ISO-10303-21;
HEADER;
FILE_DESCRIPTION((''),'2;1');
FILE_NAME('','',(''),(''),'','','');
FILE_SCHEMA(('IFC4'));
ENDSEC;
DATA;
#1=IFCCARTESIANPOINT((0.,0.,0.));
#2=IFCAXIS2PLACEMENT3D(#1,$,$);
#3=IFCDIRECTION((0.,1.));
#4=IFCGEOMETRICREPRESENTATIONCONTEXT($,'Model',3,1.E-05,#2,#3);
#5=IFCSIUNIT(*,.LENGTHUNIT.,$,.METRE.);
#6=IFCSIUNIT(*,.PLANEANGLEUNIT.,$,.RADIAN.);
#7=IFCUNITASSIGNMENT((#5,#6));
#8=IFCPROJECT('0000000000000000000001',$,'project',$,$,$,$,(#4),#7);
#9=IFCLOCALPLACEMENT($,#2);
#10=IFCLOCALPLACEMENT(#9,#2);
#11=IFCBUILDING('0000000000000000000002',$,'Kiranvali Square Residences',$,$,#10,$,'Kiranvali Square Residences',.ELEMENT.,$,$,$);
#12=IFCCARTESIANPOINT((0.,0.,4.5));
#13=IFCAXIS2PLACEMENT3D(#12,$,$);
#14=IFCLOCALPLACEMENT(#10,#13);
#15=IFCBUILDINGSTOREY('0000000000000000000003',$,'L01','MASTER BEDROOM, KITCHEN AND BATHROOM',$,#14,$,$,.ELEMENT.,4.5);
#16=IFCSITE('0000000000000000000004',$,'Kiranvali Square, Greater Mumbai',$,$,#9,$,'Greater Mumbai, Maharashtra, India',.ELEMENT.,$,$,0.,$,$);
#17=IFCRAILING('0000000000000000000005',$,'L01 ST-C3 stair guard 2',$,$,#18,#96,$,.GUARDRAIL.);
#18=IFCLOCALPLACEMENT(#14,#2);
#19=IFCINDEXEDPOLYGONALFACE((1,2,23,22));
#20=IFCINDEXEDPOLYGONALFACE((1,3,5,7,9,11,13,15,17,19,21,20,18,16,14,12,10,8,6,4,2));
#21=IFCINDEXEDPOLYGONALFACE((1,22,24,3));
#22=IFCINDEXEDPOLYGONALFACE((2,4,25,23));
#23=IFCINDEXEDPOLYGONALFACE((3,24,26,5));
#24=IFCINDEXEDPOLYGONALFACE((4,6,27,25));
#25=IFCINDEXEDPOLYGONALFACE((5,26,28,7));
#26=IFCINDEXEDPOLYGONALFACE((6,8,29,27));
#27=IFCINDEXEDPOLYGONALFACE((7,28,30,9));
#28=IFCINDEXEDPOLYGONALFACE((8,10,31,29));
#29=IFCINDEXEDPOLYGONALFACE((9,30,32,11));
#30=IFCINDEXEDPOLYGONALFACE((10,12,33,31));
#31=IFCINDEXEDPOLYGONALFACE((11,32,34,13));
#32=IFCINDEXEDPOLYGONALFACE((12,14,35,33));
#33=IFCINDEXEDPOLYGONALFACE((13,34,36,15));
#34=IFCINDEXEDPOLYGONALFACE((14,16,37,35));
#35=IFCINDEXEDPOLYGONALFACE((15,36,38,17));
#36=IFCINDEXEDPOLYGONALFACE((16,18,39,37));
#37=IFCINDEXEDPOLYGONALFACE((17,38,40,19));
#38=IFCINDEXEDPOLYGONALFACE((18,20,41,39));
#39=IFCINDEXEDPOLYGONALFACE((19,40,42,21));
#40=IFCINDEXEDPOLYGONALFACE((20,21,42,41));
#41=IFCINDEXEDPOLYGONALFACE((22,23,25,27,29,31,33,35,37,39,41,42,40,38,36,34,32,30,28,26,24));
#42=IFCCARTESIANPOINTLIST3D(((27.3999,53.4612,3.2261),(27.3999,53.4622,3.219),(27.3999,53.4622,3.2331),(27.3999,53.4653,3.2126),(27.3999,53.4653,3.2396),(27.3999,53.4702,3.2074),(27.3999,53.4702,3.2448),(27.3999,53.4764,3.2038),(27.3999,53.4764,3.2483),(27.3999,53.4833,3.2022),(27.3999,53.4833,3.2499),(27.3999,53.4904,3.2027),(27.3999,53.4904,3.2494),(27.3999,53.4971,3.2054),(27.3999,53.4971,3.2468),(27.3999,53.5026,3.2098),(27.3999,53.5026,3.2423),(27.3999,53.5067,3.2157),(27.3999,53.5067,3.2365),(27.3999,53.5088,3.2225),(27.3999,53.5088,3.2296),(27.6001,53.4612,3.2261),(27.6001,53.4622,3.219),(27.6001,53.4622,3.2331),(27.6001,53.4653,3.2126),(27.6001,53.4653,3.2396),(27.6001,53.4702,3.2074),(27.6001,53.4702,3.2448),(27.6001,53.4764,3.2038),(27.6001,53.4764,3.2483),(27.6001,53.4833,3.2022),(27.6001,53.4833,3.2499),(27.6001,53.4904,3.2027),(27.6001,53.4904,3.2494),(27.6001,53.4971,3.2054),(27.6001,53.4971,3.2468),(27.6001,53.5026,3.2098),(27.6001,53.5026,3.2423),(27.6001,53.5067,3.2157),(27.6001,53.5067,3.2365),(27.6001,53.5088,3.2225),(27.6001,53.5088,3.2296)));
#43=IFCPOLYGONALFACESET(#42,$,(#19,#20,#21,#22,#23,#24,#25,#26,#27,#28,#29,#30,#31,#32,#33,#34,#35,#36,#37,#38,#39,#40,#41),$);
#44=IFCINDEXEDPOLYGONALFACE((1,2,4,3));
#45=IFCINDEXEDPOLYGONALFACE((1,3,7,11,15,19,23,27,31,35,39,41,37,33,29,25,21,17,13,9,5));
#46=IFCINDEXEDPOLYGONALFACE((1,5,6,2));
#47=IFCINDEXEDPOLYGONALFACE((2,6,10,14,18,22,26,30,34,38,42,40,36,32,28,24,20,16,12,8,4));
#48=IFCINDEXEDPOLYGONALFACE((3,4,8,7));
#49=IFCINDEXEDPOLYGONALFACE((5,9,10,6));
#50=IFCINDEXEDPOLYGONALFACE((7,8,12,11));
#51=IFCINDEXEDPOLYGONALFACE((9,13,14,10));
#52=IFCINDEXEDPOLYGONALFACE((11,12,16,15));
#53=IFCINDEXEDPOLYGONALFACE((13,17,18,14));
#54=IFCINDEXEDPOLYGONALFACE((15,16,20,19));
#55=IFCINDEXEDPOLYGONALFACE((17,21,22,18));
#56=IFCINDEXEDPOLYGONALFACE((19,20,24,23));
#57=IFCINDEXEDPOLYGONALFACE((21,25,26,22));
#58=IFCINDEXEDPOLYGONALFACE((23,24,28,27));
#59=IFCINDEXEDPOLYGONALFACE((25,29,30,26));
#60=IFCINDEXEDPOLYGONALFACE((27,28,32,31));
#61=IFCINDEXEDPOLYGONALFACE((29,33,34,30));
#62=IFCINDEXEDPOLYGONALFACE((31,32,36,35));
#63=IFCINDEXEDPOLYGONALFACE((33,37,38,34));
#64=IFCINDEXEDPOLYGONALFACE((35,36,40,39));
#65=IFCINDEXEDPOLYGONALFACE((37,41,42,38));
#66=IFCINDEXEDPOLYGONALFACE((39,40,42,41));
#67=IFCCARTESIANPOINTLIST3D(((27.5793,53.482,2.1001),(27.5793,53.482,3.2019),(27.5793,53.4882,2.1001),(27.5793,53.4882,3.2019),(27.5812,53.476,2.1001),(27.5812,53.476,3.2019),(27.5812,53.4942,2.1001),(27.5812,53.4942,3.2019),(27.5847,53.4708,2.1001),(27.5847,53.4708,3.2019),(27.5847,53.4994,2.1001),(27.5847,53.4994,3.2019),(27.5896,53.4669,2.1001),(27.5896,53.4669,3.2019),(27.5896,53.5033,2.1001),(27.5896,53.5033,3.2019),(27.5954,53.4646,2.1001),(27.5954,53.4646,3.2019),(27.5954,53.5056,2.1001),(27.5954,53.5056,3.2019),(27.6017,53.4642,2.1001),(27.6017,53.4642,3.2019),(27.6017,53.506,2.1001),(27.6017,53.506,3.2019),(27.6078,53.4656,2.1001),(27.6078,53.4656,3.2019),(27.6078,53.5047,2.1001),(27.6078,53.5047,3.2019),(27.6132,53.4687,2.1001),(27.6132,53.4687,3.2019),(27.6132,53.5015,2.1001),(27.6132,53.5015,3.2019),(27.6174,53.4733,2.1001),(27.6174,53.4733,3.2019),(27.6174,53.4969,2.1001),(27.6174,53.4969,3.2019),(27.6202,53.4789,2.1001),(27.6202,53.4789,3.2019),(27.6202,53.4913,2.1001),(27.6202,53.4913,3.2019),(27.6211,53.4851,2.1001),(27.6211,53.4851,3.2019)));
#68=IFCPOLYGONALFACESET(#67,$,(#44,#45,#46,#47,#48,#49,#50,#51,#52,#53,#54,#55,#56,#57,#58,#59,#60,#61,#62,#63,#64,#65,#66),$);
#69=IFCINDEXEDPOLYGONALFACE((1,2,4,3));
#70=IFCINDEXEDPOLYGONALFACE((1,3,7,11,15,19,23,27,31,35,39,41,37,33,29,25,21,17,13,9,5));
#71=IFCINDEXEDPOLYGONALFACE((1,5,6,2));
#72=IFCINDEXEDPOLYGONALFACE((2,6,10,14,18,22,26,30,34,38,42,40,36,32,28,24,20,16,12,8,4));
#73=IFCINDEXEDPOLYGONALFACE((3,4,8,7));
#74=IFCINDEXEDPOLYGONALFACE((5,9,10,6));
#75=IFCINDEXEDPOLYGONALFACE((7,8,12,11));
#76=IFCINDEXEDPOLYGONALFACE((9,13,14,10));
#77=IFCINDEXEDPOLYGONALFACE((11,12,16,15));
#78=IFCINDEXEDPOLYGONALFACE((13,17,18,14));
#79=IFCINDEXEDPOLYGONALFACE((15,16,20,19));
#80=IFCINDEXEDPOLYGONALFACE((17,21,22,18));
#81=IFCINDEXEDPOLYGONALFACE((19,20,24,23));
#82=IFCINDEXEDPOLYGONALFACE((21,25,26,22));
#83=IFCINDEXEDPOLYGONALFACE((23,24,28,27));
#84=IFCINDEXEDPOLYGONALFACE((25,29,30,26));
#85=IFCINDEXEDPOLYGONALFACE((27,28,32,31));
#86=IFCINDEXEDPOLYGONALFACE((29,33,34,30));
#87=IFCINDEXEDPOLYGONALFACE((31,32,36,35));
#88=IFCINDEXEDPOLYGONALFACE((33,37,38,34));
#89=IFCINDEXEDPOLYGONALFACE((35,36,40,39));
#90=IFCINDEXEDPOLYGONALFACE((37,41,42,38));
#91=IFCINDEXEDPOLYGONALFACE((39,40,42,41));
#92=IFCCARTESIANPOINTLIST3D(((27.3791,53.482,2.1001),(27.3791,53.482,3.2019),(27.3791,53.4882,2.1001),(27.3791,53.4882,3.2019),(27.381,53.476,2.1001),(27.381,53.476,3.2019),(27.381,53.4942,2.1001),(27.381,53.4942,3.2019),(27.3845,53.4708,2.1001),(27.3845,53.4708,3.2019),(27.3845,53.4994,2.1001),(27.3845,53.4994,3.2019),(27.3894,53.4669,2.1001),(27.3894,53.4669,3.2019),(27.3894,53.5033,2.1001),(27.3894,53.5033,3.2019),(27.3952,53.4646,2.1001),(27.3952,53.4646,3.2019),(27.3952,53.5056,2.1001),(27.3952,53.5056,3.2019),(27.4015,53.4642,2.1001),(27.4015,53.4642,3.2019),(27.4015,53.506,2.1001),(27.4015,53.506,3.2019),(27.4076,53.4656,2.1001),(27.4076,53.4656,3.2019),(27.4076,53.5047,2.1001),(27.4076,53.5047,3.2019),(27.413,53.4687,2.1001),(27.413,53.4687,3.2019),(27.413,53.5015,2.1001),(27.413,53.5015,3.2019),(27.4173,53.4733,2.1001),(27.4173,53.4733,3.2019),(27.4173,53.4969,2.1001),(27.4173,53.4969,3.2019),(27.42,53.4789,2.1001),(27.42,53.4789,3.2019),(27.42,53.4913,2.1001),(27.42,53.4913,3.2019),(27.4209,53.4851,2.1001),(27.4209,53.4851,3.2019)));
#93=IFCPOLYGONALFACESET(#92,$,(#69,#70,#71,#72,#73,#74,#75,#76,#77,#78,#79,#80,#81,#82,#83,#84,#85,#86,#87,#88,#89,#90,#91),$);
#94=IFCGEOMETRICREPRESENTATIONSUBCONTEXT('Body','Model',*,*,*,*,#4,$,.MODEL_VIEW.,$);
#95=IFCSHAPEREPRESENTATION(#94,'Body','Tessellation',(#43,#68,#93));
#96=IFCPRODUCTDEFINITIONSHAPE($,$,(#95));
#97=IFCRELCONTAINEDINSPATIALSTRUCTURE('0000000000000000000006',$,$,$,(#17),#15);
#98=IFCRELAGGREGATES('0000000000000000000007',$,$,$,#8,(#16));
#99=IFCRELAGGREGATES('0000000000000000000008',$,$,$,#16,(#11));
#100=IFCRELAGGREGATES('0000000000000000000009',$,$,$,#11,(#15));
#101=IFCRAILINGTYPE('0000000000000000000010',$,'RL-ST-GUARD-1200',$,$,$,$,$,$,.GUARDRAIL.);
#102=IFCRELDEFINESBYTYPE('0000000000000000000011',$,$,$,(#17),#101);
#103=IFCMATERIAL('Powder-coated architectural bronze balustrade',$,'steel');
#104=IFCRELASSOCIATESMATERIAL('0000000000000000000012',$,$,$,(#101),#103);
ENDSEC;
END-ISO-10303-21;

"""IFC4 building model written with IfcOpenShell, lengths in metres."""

from ifc_helpers import new_model, si_unit, direction, frame, origin, origin_2d, place, context, subcontext, project, spatial, circle, extrude, material, type_object, element, save


model = new_model("IFC4")

# Units and contexts
model_context = context("Model", 3, precision=1e-05, world=origin(), true_north=direction((0.0, 1.0)))
body_context = subcontext(model_context, "Body", "Model", "MODEL_VIEW")
ifc_project = project(units=[si_unit("LENGTHUNIT", "METRE"), si_unit("PLANEANGLEUNIT", "RADIAN")], contexts=[model_context])

# Site, building, storey
site_placement = place(None, origin())
site = spatial("IfcSite", under=ifc_project, at=site_placement, Name="Kiranvali Square, Greater Mumbai", LongName="Greater Mumbai, Maharashtra, India", CompositionType="ELEMENT", RefElevation=0.0)
building_placement = place(site_placement, origin())
building = spatial("IfcBuilding", under=site, at=building_placement, Name="Kiranvali Square Residences", LongName="Kiranvali Square Residences", CompositionType="ELEMENT")
storey_placement = place(building_placement, frame((0.0, 0.0, 4.5)))
storey = spatial("IfcBuildingStorey", under=building, at=storey_placement, Name="L01", Description="MASTER BEDROOM, KITCHEN AND BATHROOM", CompositionType="ELEMENT", Elevation=4.5)

# Railing
ifc_material_1 = material(Name="Powder-coated architectural bronze balustrade", Category="steel")
railing_type_1 = type_object("IfcRailingType", Name="RL-ST-GUARD-1200", PredefinedType="GUARDRAIL", material=ifc_material_1)
railing_1_placement = place(storey_placement, frame((27.6001, 53.4851, 2.1001)))
element("IfcRailing", 1, at=railing_1_placement, inside=storey, type_object=railing_type_1, Name="L01 ST-C3 stair guard 2", PredefinedType="GUARDRAIL", context=body_context, shape_type="SweptSolid", body=[
    extrude(circle(Radius=0.0239, at=origin_2d()), frame((0.0, 0.0, 1.126), z_axis=(-1.0, 0.0, 0.0), x_axis=(0.0, -1.0, 0.0)), (0.0, 0.0, 1.0), 0.2002),
    extrude(circle(Radius=0.021, at=origin_2d()), origin(), (0.0, 0.0, 1.0), 1.1018),
    extrude(circle(Radius=0.021, at=origin_2d()), frame((-0.2002, 0.0, 0.0)), (0.0, 0.0, 1.0), 1.1018),
])

save(model, "model.ifc")
